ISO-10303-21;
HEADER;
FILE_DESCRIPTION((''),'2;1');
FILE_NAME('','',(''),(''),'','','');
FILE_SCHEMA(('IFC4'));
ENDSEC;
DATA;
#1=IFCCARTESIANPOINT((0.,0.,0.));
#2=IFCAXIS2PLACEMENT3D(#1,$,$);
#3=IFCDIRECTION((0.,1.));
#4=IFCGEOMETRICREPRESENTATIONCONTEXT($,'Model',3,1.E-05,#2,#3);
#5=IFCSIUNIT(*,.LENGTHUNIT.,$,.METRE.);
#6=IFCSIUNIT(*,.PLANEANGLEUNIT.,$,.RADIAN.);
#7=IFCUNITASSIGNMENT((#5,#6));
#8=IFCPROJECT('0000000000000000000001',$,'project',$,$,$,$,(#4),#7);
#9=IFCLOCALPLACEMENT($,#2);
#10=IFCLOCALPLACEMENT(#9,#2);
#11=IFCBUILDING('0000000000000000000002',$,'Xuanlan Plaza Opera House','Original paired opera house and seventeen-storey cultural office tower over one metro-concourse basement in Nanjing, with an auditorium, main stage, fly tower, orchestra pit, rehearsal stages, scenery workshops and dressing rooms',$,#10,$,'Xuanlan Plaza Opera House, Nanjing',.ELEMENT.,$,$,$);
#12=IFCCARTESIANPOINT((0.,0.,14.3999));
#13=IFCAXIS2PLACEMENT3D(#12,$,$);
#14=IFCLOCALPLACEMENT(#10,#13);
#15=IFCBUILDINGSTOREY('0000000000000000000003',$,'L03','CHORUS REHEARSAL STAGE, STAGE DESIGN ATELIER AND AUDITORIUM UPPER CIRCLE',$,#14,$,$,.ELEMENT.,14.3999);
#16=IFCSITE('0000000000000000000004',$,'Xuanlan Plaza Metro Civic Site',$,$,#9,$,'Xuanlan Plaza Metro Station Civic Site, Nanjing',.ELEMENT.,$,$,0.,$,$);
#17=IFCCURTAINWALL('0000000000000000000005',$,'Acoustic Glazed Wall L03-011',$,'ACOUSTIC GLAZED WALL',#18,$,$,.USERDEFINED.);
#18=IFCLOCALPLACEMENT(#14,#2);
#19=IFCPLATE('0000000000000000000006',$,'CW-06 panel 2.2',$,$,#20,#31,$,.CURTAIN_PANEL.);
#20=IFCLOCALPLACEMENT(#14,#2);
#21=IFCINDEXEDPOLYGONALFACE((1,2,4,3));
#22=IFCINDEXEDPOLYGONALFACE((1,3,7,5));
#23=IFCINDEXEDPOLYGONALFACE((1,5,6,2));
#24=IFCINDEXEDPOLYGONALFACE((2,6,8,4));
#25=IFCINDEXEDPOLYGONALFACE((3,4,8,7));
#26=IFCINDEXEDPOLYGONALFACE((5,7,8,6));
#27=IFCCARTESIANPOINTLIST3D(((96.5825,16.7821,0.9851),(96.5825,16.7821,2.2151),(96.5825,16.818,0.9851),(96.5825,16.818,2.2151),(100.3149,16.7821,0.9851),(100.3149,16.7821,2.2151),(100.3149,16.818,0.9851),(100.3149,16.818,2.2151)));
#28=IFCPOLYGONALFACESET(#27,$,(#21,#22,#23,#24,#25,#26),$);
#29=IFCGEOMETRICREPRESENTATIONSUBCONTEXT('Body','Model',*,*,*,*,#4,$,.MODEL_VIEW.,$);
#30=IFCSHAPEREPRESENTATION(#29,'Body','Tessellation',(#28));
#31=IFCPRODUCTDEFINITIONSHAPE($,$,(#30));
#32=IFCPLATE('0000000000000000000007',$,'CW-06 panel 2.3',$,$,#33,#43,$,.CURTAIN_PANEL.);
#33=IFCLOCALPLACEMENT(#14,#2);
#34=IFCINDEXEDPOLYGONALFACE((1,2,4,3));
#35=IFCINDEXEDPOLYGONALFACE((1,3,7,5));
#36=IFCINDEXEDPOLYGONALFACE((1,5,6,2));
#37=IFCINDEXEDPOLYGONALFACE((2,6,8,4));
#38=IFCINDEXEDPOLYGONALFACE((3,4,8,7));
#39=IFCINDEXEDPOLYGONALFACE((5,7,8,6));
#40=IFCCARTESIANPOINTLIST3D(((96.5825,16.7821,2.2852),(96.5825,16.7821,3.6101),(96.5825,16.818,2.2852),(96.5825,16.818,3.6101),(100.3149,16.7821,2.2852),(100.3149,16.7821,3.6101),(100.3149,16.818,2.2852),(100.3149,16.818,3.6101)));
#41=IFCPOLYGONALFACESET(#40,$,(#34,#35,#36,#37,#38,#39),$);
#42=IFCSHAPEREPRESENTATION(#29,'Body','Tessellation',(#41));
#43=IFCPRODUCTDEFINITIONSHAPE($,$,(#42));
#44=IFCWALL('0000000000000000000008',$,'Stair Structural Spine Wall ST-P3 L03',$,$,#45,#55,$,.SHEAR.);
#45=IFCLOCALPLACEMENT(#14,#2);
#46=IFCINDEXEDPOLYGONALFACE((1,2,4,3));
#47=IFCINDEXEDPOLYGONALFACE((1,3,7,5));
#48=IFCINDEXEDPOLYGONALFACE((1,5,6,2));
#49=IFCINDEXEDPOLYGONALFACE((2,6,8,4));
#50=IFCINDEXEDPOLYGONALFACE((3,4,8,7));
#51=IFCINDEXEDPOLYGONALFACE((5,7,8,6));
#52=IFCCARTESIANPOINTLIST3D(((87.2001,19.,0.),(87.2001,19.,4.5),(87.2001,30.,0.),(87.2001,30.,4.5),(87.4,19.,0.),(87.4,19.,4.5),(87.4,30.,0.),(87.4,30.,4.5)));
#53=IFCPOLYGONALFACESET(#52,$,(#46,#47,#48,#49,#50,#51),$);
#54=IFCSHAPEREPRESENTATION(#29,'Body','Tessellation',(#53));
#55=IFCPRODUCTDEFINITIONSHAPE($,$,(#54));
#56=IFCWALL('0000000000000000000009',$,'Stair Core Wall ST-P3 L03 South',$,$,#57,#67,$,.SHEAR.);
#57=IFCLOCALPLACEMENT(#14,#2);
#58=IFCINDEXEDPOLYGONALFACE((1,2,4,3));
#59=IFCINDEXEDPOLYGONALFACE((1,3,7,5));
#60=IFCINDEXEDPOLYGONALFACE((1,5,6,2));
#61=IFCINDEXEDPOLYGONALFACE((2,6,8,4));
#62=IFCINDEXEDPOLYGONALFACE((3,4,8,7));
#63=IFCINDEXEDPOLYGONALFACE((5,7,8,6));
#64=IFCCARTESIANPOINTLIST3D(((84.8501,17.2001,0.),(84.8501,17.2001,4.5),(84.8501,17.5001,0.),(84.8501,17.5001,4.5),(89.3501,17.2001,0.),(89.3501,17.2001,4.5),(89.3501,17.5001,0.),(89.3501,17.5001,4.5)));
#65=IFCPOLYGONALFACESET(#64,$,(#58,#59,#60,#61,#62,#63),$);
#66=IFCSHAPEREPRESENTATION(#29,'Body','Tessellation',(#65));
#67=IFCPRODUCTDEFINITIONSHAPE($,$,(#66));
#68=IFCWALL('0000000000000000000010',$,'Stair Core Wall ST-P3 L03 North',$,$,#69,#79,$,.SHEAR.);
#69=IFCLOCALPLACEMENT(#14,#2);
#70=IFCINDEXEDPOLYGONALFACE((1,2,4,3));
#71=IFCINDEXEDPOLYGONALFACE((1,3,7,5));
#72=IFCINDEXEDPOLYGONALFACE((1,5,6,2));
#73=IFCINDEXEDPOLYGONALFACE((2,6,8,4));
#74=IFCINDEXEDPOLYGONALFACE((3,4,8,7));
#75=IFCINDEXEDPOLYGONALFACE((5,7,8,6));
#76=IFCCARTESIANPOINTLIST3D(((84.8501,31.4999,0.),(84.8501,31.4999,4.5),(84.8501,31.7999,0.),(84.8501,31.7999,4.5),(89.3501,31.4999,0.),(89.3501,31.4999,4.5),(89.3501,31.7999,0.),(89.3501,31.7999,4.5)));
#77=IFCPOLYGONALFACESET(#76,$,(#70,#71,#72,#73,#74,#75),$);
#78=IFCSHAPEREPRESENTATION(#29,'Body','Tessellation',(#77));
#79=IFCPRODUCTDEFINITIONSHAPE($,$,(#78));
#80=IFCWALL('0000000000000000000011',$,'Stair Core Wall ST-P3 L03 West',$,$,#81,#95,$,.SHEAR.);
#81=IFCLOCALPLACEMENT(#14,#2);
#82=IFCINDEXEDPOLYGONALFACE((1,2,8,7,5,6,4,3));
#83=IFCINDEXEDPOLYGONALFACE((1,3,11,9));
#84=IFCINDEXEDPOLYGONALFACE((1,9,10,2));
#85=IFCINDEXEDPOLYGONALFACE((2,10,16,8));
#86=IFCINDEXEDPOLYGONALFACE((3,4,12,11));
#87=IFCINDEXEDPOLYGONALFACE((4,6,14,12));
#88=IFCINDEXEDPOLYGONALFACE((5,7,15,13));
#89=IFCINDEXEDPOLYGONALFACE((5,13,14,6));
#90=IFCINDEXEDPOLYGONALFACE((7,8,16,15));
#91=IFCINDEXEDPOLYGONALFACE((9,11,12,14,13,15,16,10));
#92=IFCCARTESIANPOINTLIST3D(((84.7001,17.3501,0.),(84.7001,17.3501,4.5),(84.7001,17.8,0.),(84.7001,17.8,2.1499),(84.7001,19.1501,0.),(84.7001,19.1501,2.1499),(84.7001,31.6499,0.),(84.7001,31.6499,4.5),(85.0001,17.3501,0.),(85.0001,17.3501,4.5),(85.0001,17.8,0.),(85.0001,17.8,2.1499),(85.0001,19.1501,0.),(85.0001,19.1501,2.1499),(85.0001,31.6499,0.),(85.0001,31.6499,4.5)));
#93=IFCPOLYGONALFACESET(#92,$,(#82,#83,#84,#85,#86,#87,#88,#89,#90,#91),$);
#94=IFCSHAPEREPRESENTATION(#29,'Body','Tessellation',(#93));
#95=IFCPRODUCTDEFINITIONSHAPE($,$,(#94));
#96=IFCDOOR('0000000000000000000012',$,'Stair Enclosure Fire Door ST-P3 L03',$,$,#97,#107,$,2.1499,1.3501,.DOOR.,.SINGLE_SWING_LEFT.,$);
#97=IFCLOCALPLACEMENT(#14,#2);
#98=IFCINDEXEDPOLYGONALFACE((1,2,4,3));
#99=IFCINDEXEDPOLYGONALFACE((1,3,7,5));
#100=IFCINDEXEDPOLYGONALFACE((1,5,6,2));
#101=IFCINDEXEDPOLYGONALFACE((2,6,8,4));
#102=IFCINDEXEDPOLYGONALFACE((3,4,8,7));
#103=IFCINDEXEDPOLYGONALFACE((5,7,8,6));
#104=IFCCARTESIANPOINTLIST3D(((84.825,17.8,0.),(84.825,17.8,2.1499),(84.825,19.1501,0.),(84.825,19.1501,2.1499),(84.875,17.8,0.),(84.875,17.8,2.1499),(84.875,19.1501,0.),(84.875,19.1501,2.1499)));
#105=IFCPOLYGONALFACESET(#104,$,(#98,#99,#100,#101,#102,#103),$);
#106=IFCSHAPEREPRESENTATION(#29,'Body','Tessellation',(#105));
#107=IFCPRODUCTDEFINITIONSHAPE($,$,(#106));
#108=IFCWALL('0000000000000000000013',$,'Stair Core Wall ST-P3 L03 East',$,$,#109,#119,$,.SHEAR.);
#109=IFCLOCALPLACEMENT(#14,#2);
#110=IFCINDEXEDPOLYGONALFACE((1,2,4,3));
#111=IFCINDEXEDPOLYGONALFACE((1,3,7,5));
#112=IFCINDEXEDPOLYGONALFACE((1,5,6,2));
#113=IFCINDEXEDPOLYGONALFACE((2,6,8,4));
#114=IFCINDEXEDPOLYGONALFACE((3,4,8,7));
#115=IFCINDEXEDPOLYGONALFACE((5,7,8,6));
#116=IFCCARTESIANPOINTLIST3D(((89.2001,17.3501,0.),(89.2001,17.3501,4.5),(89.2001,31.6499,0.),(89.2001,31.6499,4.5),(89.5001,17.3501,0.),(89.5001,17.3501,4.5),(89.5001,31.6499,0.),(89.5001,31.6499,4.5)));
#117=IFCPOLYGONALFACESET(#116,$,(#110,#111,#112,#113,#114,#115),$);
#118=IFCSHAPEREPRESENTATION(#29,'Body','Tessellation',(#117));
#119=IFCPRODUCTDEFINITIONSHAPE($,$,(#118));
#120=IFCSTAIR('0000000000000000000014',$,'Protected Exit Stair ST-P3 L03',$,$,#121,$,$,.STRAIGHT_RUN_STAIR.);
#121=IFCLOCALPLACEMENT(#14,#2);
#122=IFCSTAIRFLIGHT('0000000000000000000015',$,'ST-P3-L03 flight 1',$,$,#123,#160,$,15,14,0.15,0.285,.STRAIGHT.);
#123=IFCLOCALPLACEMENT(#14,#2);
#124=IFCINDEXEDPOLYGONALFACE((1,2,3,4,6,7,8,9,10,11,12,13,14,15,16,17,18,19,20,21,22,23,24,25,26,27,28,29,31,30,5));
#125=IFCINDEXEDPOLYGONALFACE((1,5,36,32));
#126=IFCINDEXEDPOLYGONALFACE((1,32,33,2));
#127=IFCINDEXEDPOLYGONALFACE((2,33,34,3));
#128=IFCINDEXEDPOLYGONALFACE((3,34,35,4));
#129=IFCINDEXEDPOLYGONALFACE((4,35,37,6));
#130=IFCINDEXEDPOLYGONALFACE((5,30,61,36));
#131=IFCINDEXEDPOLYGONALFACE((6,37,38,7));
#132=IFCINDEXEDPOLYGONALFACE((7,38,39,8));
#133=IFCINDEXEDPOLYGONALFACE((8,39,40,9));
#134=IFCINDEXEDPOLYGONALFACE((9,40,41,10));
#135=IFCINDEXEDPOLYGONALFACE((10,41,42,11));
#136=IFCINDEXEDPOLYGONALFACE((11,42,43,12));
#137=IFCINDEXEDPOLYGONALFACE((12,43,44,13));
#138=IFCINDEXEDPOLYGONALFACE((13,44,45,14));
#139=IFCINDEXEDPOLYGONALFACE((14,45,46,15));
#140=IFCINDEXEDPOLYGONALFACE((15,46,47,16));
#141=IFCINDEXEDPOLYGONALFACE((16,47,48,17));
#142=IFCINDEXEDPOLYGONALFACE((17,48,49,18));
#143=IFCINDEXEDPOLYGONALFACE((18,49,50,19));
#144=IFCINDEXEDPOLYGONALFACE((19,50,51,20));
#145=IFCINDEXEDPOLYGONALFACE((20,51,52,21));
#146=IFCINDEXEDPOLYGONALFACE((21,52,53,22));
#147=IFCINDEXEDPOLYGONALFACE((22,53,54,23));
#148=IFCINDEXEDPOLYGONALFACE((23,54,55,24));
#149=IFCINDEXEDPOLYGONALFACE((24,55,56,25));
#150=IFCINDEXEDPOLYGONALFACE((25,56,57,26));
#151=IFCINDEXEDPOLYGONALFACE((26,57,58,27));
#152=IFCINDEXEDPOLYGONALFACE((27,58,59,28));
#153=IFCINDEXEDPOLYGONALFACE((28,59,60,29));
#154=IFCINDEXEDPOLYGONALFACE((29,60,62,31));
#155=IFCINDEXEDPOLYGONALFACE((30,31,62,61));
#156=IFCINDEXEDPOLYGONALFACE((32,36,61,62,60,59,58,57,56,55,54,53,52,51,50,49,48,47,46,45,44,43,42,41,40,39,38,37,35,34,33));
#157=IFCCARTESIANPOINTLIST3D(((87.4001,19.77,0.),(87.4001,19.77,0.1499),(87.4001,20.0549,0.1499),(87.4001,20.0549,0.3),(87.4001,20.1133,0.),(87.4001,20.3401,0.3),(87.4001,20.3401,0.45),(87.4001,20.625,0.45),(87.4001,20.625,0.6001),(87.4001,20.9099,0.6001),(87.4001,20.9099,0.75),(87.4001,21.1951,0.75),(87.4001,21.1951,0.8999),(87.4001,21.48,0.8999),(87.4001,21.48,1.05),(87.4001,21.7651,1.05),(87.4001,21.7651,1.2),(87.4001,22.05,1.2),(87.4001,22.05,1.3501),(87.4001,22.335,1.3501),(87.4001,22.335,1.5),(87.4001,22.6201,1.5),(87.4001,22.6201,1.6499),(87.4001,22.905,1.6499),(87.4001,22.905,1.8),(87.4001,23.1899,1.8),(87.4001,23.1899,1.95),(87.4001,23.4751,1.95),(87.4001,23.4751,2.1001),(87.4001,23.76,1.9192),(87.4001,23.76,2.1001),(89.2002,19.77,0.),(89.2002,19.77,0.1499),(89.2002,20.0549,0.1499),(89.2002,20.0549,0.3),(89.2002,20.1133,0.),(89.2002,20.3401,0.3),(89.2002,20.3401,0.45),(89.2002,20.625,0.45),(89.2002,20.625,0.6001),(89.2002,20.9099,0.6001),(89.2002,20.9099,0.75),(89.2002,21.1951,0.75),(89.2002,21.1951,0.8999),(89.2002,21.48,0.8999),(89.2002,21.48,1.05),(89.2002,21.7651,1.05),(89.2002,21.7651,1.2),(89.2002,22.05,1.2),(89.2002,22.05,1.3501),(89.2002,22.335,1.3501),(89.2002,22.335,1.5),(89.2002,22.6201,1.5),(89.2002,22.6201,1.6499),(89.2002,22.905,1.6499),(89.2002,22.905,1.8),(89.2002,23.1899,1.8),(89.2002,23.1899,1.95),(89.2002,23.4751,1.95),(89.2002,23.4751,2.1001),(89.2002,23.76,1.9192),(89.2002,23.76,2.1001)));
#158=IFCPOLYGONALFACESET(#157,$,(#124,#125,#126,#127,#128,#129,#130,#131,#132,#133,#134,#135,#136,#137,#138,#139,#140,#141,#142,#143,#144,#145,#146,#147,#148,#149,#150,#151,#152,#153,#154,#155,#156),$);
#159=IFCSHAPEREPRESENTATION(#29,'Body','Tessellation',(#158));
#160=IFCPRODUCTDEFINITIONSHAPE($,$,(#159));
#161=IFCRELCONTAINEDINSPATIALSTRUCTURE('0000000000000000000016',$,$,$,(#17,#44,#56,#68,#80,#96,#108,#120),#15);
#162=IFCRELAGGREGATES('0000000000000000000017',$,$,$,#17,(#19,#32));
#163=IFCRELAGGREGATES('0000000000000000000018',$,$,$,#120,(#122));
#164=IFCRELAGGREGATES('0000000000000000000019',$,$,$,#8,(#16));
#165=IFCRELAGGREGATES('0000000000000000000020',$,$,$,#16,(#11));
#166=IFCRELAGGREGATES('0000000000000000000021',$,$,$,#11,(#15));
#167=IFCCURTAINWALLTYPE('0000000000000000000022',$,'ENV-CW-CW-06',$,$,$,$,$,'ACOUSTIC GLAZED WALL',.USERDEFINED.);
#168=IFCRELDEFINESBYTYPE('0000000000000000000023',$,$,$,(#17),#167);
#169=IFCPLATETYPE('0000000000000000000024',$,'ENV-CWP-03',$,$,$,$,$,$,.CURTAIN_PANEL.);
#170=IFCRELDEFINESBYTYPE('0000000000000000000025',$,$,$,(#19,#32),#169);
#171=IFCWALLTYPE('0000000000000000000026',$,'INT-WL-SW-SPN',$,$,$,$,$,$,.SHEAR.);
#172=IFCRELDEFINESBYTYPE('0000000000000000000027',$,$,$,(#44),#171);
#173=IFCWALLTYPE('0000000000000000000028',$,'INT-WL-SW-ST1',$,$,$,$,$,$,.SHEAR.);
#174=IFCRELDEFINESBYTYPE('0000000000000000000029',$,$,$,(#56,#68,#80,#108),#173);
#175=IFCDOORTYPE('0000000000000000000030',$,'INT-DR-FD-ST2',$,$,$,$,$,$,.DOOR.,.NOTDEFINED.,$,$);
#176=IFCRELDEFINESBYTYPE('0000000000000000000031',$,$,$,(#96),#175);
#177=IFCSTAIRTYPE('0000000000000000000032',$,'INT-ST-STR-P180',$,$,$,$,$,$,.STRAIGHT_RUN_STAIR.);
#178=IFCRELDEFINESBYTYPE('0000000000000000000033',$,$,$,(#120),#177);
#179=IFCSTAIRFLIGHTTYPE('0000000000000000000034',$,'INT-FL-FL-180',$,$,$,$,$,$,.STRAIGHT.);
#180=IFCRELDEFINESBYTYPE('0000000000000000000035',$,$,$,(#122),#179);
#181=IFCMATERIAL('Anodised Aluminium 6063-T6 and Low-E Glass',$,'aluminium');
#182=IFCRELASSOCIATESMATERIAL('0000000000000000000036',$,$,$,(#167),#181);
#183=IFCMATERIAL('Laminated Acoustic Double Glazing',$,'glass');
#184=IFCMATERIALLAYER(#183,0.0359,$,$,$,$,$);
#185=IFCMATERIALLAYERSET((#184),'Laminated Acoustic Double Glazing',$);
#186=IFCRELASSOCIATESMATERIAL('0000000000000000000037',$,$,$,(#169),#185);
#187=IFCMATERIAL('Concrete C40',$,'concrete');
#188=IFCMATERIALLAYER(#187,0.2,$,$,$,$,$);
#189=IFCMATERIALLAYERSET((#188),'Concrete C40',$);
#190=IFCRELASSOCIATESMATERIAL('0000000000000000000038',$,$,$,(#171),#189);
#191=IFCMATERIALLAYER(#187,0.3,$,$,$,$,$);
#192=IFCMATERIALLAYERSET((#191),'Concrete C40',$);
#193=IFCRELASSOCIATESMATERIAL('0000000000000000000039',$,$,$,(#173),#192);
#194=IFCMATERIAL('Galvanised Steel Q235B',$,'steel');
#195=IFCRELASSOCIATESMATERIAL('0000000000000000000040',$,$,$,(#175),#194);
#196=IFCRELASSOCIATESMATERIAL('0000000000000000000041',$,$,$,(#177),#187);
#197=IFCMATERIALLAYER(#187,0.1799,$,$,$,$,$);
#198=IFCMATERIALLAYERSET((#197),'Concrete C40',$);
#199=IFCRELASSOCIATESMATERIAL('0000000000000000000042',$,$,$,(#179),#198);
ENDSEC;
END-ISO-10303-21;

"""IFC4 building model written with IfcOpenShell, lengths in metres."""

from ifc_helpers import new_model, si_unit, direction, frame, frame_2d, origin, origin_2d, place, context, subcontext, project, spatial, polyline, rectangle, outline, extrude, material, layer, layer_set, type_object, element, fill, aggregate, save


model = new_model("IFC4")

# Units and contexts
model_context = context("Model", 3, precision=1e-05, world=origin(), true_north=direction((0.0, 1.0)))
body_context = subcontext(model_context, "Body", "Model", "MODEL_VIEW")
ifc_project = project(units=[si_unit("LENGTHUNIT", "METRE"), si_unit("PLANEANGLEUNIT", "RADIAN")], contexts=[model_context])

# Site, building, storey
site_placement = place(None, origin())
site = spatial("IfcSite", under=ifc_project, at=site_placement, Name="Xuanlan Plaza Metro Civic Site", LongName="Xuanlan Plaza Metro Station Civic Site, Nanjing", CompositionType="ELEMENT", RefElevation=0.0)
building_placement = place(site_placement, origin())
building = spatial("IfcBuilding", under=site, at=building_placement, Name="Xuanlan Plaza Opera House", Description="Original paired opera house and seventeen-storey cultural office tower over one metro-concourse basement in Nanjing, with an auditorium, main stage, fly tower, orchestra pit, rehearsal stages, scenery workshops and dressing rooms", LongName="Xuanlan Plaza Opera House, Nanjing", CompositionType="ELEMENT")
storey_placement = place(building_placement, frame((0.0, 0.0, 14.3999)))
storey = spatial("IfcBuildingStorey", under=building, at=storey_placement, Name="L03", Description="CHORUS REHEARSAL STAGE, STAGE DESIGN ATELIER AND AUDITORIUM UPPER CIRCLE", CompositionType="ELEMENT", Elevation=14.3999)

# Shared definitions
ifc_material_1 = material(Name="Concrete C40", Category="concrete")

# Curtain wall
ifc_material_2 = material(Name="Anodised Aluminium 6063-T6 and Low-E Glass", Category="aluminium")
curtain_wall_type = type_object("IfcCurtainWallType", Name="ENV-CW-CW-06", ElementType="ACOUSTIC GLAZED WALL", PredefinedType="USERDEFINED", material=ifc_material_2)
curtain_wall_placement = place(storey_placement, origin())
curtain_wall = element("IfcCurtainWall", 1, at=curtain_wall_placement, inside=storey, type_object=curtain_wall_type, Name="Acoustic Glazed Wall L03-011", ObjectType="ACOUSTIC GLAZED WALL", PredefinedType="USERDEFINED")

# Plates
ifc_material_3 = material(Name="Laminated Acoustic Double Glazing", Category="glass")
ifc_layer_1 = layer(ifc_material_3, 0.0359)
ifc_layer_set_1 = layer_set([ifc_layer_1], Name="Laminated Acoustic Double Glazing")
plate_type = type_object("IfcPlateType", Name="ENV-CWP-03", PredefinedType="CURTAIN_PANEL", material=ifc_layer_set_1)
plate_1_placement = place(storey_placement, frame((98.4487, 16.8, 0.9851), z_axis=(0.0, 0.0, 1.0), x_axis=(1.0, 0.0, 0.0)))
plate_1 = element("IfcPlate", 2, at=plate_1_placement, type_object=plate_type, Name="CW-06 panel 2.2", PredefinedType="CURTAIN_PANEL", context=body_context, shape_type="SweptSolid", body=[
    extrude(rectangle(XDim=3.7324, YDim=0.0359, at=origin_2d()), origin(), (0.0, 0.0, 1.0), 1.23),
])
plate_2_placement = place(storey_placement, frame((98.4487, 16.8, 2.2852), z_axis=(0.0, 0.0, 1.0), x_axis=(1.0, 0.0, 0.0)))
plate_2 = element("IfcPlate", 3, at=plate_2_placement, type_object=plate_type, Name="CW-06 panel 2.3", PredefinedType="CURTAIN_PANEL", context=body_context, shape_type="SweptSolid", body=[
    extrude(rectangle(XDim=3.7324, YDim=0.0359, at=origin_2d()), origin(), (0.0, 0.0, 1.0), 1.325),
])
aggregate(curtain_wall, [plate_1, plate_2])

# Walls
ifc_layer_2 = layer(ifc_material_1, 0.2)
ifc_layer_set_2 = layer_set([ifc_layer_2], Name="Concrete C40")
wall_type_1 = type_object("IfcWallType", Name="INT-WL-SW-SPN", PredefinedType="SHEAR", material=ifc_layer_set_2)
wall_1_placement = place(storey_placement, frame((87.3, 19.0, 0.0), z_axis=(0.0, 0.0, 1.0), x_axis=(0.0, 1.0, 0.0)))
element("IfcWall", 4, at=wall_1_placement, inside=storey, type_object=wall_type_1, Name="Stair Structural Spine Wall ST-P3 L03", PredefinedType="SHEAR", context=body_context, shape_type="SweptSolid", body=[
    extrude(rectangle(XDim=11.0, YDim=0.2, at=frame_2d((5.5, 0.0))), origin(), (0.0, 0.0, 1.0), 4.5),
])
ifc_layer_3 = layer(ifc_material_1, 0.3)
ifc_layer_set_3 = layer_set([ifc_layer_3], Name="Concrete C40")
wall_type_2 = type_object("IfcWallType", Name="INT-WL-SW-ST1", PredefinedType="SHEAR", material=ifc_layer_set_3)
for number, where, z_axis, x_axis, name in (
    (5, (84.8501, 17.3501, 0.0), (0.0, 0.0, 1.0), (1.0, 0.0, 0.0), "Stair Core Wall ST-P3 L03 South"),
    (6, (84.8501, 31.6499, 0.0), (0.0, 0.0, 1.0), (1.0, 0.0, 0.0), "Stair Core Wall ST-P3 L03 North"),
):
    element("IfcWall", number, at=place(storey_placement, frame(where, z_axis=z_axis, x_axis=x_axis)), inside=storey, type_object=wall_type_2, Name=name, PredefinedType="SHEAR", context=body_context, shape_type="SweptSolid", body=[
        extrude(rectangle(XDim=4.5, YDim=0.3, at=frame_2d((2.25, 0.0))), origin(), (0.0, 0.0, 1.0), 4.5),
    ])

# Wall, opening, door
wall_2_placement = place(storey_placement, frame((84.8501, 17.3501, 0.0), z_axis=(0.0, 0.0, 1.0), x_axis=(0.0, 1.0, 0.0)))
wall_2 = element("IfcWall", 7, at=wall_2_placement, inside=storey, type_object=wall_type_2, Name="Stair Core Wall ST-P3 L03 West", PredefinedType="SHEAR", context=body_context, shape_type="SweptSolid", body=[
    extrude(rectangle(XDim=14.2998, YDim=0.3, at=frame_2d((7.1499, 0.0))), origin(), (0.0, 0.0, 1.0), 4.5),
])
opening_placement = place(wall_2_placement, frame((0.45, 0.0, 0.0)))
opening = element("IfcOpeningElement", 8, at=opening_placement, cuts=wall_2, PredefinedType="OPENING", context=body_context, shape_type="SweptSolid", body=[
    extrude(rectangle(XDim=1.3501, YDim=2.1499, at=frame_2d((0.675, 1.075))), frame((0.0, 0.1599, 0.0), z_axis=(0.0, -1.0, 0.0), x_axis=(1.0, 0.0, 0.0)), (0.0, 0.0, 1.0), 0.3201),
])
ifc_material_4 = material(Name="Galvanised Steel Q235B", Category="steel")
door_type = type_object("IfcDoorType", Name="INT-DR-FD-ST2", OperationType="NOTDEFINED", PredefinedType="DOOR", material=ifc_material_4)
door_placement = place(opening_placement, frame((1.3501, 0.0, 0.0), z_axis=(0.0, 0.0, 1.0), x_axis=(-1.0, 0.0, 0.0)))
door = element("IfcDoor", 9, at=door_placement, inside=storey, type_object=door_type, Name="Stair Enclosure Fire Door ST-P3 L03", OperationType="SINGLE_SWING_LEFT", OverallHeight=2.1499, OverallWidth=1.3501, PredefinedType="DOOR", context=body_context, shape_type="SweptSolid", body=[
    extrude(rectangle(XDim=1.3501, YDim=2.1499, at=frame_2d((0.675, 1.075))), frame((0.0, 0.0249, 0.0), z_axis=(0.0, -1.0, 0.0), x_axis=(1.0, 0.0, 0.0)), (0.0, 0.0, 1.0), 0.05),
])
fill(opening, door)

# Wall
wall_3_placement = place(storey_placement, frame((89.3501, 17.3501, 0.0), z_axis=(0.0, 0.0, 1.0), x_axis=(0.0, 1.0, 0.0)))
element("IfcWall", 10, at=wall_3_placement, inside=storey, type_object=wall_type_2, Name="Stair Core Wall ST-P3 L03 East", PredefinedType="SHEAR", context=body_context, shape_type="SweptSolid", body=[
    extrude(rectangle(XDim=14.2998, YDim=0.3, at=frame_2d((7.1499, 0.0))), origin(), (0.0, 0.0, 1.0), 4.5),
])

# Stair, stair flight
stair_type = type_object("IfcStairType", Name="INT-ST-STR-P180", PredefinedType="STRAIGHT_RUN_STAIR", material=ifc_material_1)
stair_placement = place(storey_placement, origin())
stair = element("IfcStair", 11, at=stair_placement, inside=storey, type_object=stair_type, Name="Protected Exit Stair ST-P3 L03", PredefinedType="STRAIGHT_RUN_STAIR")
ifc_layer_4 = layer(ifc_material_1, 0.1799)
ifc_layer_set_4 = layer_set([ifc_layer_4], Name="Concrete C40")
stair_flight_type = type_object("IfcStairFlightType", Name="INT-FL-FL-180", PredefinedType="STRAIGHT", material=ifc_layer_set_4)
stair_flight_1_placement = place(storey_placement, frame((88.3, 19.77, 0.0), z_axis=(0.0, 0.0, 1.0), x_axis=(0.0, 1.0, 0.0)))
stair_flight_1 = element("IfcStairFlight", 12, at=stair_flight_1_placement, type_object=stair_flight_type, Name="ST-P3-L03 flight 1", NumberOfRisers=15, NumberOfTreads=14, PredefinedType="STRAIGHT", RiserHeight=0.15, TreadLength=0.285, context=body_context, shape_type="SweptSolid", body=[
    extrude(outline(polyline([(0.0, 0.0), (0.0, 0.1499), (0.2849, 0.1499), (0.2849, 0.3), (0.5701, 0.3), (0.5701, 0.45), (0.855, 0.45), (0.855, 0.6001), (1.1399, 0.6001), (1.1399, 0.75), (1.425, 0.75), (1.425, 0.8999), (1.71, 0.8999), (1.71, 1.05), (1.9951, 1.05), (1.9951, 1.2), (2.28, 1.2), (2.28, 1.3501), (2.5649, 1.3501), (2.5649, 1.5), (2.8501, 1.5), (2.8501, 1.6499), (3.135, 1.6499), (3.135, 1.8), (3.4199, 1.8), (3.4199, 1.95), (3.7051, 1.95), (3.7051, 2.1001), (3.99, 2.1001), (3.99, 2.25), (3.99, 1.9192), (0.3433, 0.0), (0.0, 0.0)])), frame((0.0, 0.8999, 0.0), z_axis=(0.0, -1.0, 0.0), x_axis=(1.0, 0.0, 0.0)), (0.0, 0.0, 1.0), 1.8),
])
aggregate(stair, [stair_flight_1])

save(model, "model.ifc")
